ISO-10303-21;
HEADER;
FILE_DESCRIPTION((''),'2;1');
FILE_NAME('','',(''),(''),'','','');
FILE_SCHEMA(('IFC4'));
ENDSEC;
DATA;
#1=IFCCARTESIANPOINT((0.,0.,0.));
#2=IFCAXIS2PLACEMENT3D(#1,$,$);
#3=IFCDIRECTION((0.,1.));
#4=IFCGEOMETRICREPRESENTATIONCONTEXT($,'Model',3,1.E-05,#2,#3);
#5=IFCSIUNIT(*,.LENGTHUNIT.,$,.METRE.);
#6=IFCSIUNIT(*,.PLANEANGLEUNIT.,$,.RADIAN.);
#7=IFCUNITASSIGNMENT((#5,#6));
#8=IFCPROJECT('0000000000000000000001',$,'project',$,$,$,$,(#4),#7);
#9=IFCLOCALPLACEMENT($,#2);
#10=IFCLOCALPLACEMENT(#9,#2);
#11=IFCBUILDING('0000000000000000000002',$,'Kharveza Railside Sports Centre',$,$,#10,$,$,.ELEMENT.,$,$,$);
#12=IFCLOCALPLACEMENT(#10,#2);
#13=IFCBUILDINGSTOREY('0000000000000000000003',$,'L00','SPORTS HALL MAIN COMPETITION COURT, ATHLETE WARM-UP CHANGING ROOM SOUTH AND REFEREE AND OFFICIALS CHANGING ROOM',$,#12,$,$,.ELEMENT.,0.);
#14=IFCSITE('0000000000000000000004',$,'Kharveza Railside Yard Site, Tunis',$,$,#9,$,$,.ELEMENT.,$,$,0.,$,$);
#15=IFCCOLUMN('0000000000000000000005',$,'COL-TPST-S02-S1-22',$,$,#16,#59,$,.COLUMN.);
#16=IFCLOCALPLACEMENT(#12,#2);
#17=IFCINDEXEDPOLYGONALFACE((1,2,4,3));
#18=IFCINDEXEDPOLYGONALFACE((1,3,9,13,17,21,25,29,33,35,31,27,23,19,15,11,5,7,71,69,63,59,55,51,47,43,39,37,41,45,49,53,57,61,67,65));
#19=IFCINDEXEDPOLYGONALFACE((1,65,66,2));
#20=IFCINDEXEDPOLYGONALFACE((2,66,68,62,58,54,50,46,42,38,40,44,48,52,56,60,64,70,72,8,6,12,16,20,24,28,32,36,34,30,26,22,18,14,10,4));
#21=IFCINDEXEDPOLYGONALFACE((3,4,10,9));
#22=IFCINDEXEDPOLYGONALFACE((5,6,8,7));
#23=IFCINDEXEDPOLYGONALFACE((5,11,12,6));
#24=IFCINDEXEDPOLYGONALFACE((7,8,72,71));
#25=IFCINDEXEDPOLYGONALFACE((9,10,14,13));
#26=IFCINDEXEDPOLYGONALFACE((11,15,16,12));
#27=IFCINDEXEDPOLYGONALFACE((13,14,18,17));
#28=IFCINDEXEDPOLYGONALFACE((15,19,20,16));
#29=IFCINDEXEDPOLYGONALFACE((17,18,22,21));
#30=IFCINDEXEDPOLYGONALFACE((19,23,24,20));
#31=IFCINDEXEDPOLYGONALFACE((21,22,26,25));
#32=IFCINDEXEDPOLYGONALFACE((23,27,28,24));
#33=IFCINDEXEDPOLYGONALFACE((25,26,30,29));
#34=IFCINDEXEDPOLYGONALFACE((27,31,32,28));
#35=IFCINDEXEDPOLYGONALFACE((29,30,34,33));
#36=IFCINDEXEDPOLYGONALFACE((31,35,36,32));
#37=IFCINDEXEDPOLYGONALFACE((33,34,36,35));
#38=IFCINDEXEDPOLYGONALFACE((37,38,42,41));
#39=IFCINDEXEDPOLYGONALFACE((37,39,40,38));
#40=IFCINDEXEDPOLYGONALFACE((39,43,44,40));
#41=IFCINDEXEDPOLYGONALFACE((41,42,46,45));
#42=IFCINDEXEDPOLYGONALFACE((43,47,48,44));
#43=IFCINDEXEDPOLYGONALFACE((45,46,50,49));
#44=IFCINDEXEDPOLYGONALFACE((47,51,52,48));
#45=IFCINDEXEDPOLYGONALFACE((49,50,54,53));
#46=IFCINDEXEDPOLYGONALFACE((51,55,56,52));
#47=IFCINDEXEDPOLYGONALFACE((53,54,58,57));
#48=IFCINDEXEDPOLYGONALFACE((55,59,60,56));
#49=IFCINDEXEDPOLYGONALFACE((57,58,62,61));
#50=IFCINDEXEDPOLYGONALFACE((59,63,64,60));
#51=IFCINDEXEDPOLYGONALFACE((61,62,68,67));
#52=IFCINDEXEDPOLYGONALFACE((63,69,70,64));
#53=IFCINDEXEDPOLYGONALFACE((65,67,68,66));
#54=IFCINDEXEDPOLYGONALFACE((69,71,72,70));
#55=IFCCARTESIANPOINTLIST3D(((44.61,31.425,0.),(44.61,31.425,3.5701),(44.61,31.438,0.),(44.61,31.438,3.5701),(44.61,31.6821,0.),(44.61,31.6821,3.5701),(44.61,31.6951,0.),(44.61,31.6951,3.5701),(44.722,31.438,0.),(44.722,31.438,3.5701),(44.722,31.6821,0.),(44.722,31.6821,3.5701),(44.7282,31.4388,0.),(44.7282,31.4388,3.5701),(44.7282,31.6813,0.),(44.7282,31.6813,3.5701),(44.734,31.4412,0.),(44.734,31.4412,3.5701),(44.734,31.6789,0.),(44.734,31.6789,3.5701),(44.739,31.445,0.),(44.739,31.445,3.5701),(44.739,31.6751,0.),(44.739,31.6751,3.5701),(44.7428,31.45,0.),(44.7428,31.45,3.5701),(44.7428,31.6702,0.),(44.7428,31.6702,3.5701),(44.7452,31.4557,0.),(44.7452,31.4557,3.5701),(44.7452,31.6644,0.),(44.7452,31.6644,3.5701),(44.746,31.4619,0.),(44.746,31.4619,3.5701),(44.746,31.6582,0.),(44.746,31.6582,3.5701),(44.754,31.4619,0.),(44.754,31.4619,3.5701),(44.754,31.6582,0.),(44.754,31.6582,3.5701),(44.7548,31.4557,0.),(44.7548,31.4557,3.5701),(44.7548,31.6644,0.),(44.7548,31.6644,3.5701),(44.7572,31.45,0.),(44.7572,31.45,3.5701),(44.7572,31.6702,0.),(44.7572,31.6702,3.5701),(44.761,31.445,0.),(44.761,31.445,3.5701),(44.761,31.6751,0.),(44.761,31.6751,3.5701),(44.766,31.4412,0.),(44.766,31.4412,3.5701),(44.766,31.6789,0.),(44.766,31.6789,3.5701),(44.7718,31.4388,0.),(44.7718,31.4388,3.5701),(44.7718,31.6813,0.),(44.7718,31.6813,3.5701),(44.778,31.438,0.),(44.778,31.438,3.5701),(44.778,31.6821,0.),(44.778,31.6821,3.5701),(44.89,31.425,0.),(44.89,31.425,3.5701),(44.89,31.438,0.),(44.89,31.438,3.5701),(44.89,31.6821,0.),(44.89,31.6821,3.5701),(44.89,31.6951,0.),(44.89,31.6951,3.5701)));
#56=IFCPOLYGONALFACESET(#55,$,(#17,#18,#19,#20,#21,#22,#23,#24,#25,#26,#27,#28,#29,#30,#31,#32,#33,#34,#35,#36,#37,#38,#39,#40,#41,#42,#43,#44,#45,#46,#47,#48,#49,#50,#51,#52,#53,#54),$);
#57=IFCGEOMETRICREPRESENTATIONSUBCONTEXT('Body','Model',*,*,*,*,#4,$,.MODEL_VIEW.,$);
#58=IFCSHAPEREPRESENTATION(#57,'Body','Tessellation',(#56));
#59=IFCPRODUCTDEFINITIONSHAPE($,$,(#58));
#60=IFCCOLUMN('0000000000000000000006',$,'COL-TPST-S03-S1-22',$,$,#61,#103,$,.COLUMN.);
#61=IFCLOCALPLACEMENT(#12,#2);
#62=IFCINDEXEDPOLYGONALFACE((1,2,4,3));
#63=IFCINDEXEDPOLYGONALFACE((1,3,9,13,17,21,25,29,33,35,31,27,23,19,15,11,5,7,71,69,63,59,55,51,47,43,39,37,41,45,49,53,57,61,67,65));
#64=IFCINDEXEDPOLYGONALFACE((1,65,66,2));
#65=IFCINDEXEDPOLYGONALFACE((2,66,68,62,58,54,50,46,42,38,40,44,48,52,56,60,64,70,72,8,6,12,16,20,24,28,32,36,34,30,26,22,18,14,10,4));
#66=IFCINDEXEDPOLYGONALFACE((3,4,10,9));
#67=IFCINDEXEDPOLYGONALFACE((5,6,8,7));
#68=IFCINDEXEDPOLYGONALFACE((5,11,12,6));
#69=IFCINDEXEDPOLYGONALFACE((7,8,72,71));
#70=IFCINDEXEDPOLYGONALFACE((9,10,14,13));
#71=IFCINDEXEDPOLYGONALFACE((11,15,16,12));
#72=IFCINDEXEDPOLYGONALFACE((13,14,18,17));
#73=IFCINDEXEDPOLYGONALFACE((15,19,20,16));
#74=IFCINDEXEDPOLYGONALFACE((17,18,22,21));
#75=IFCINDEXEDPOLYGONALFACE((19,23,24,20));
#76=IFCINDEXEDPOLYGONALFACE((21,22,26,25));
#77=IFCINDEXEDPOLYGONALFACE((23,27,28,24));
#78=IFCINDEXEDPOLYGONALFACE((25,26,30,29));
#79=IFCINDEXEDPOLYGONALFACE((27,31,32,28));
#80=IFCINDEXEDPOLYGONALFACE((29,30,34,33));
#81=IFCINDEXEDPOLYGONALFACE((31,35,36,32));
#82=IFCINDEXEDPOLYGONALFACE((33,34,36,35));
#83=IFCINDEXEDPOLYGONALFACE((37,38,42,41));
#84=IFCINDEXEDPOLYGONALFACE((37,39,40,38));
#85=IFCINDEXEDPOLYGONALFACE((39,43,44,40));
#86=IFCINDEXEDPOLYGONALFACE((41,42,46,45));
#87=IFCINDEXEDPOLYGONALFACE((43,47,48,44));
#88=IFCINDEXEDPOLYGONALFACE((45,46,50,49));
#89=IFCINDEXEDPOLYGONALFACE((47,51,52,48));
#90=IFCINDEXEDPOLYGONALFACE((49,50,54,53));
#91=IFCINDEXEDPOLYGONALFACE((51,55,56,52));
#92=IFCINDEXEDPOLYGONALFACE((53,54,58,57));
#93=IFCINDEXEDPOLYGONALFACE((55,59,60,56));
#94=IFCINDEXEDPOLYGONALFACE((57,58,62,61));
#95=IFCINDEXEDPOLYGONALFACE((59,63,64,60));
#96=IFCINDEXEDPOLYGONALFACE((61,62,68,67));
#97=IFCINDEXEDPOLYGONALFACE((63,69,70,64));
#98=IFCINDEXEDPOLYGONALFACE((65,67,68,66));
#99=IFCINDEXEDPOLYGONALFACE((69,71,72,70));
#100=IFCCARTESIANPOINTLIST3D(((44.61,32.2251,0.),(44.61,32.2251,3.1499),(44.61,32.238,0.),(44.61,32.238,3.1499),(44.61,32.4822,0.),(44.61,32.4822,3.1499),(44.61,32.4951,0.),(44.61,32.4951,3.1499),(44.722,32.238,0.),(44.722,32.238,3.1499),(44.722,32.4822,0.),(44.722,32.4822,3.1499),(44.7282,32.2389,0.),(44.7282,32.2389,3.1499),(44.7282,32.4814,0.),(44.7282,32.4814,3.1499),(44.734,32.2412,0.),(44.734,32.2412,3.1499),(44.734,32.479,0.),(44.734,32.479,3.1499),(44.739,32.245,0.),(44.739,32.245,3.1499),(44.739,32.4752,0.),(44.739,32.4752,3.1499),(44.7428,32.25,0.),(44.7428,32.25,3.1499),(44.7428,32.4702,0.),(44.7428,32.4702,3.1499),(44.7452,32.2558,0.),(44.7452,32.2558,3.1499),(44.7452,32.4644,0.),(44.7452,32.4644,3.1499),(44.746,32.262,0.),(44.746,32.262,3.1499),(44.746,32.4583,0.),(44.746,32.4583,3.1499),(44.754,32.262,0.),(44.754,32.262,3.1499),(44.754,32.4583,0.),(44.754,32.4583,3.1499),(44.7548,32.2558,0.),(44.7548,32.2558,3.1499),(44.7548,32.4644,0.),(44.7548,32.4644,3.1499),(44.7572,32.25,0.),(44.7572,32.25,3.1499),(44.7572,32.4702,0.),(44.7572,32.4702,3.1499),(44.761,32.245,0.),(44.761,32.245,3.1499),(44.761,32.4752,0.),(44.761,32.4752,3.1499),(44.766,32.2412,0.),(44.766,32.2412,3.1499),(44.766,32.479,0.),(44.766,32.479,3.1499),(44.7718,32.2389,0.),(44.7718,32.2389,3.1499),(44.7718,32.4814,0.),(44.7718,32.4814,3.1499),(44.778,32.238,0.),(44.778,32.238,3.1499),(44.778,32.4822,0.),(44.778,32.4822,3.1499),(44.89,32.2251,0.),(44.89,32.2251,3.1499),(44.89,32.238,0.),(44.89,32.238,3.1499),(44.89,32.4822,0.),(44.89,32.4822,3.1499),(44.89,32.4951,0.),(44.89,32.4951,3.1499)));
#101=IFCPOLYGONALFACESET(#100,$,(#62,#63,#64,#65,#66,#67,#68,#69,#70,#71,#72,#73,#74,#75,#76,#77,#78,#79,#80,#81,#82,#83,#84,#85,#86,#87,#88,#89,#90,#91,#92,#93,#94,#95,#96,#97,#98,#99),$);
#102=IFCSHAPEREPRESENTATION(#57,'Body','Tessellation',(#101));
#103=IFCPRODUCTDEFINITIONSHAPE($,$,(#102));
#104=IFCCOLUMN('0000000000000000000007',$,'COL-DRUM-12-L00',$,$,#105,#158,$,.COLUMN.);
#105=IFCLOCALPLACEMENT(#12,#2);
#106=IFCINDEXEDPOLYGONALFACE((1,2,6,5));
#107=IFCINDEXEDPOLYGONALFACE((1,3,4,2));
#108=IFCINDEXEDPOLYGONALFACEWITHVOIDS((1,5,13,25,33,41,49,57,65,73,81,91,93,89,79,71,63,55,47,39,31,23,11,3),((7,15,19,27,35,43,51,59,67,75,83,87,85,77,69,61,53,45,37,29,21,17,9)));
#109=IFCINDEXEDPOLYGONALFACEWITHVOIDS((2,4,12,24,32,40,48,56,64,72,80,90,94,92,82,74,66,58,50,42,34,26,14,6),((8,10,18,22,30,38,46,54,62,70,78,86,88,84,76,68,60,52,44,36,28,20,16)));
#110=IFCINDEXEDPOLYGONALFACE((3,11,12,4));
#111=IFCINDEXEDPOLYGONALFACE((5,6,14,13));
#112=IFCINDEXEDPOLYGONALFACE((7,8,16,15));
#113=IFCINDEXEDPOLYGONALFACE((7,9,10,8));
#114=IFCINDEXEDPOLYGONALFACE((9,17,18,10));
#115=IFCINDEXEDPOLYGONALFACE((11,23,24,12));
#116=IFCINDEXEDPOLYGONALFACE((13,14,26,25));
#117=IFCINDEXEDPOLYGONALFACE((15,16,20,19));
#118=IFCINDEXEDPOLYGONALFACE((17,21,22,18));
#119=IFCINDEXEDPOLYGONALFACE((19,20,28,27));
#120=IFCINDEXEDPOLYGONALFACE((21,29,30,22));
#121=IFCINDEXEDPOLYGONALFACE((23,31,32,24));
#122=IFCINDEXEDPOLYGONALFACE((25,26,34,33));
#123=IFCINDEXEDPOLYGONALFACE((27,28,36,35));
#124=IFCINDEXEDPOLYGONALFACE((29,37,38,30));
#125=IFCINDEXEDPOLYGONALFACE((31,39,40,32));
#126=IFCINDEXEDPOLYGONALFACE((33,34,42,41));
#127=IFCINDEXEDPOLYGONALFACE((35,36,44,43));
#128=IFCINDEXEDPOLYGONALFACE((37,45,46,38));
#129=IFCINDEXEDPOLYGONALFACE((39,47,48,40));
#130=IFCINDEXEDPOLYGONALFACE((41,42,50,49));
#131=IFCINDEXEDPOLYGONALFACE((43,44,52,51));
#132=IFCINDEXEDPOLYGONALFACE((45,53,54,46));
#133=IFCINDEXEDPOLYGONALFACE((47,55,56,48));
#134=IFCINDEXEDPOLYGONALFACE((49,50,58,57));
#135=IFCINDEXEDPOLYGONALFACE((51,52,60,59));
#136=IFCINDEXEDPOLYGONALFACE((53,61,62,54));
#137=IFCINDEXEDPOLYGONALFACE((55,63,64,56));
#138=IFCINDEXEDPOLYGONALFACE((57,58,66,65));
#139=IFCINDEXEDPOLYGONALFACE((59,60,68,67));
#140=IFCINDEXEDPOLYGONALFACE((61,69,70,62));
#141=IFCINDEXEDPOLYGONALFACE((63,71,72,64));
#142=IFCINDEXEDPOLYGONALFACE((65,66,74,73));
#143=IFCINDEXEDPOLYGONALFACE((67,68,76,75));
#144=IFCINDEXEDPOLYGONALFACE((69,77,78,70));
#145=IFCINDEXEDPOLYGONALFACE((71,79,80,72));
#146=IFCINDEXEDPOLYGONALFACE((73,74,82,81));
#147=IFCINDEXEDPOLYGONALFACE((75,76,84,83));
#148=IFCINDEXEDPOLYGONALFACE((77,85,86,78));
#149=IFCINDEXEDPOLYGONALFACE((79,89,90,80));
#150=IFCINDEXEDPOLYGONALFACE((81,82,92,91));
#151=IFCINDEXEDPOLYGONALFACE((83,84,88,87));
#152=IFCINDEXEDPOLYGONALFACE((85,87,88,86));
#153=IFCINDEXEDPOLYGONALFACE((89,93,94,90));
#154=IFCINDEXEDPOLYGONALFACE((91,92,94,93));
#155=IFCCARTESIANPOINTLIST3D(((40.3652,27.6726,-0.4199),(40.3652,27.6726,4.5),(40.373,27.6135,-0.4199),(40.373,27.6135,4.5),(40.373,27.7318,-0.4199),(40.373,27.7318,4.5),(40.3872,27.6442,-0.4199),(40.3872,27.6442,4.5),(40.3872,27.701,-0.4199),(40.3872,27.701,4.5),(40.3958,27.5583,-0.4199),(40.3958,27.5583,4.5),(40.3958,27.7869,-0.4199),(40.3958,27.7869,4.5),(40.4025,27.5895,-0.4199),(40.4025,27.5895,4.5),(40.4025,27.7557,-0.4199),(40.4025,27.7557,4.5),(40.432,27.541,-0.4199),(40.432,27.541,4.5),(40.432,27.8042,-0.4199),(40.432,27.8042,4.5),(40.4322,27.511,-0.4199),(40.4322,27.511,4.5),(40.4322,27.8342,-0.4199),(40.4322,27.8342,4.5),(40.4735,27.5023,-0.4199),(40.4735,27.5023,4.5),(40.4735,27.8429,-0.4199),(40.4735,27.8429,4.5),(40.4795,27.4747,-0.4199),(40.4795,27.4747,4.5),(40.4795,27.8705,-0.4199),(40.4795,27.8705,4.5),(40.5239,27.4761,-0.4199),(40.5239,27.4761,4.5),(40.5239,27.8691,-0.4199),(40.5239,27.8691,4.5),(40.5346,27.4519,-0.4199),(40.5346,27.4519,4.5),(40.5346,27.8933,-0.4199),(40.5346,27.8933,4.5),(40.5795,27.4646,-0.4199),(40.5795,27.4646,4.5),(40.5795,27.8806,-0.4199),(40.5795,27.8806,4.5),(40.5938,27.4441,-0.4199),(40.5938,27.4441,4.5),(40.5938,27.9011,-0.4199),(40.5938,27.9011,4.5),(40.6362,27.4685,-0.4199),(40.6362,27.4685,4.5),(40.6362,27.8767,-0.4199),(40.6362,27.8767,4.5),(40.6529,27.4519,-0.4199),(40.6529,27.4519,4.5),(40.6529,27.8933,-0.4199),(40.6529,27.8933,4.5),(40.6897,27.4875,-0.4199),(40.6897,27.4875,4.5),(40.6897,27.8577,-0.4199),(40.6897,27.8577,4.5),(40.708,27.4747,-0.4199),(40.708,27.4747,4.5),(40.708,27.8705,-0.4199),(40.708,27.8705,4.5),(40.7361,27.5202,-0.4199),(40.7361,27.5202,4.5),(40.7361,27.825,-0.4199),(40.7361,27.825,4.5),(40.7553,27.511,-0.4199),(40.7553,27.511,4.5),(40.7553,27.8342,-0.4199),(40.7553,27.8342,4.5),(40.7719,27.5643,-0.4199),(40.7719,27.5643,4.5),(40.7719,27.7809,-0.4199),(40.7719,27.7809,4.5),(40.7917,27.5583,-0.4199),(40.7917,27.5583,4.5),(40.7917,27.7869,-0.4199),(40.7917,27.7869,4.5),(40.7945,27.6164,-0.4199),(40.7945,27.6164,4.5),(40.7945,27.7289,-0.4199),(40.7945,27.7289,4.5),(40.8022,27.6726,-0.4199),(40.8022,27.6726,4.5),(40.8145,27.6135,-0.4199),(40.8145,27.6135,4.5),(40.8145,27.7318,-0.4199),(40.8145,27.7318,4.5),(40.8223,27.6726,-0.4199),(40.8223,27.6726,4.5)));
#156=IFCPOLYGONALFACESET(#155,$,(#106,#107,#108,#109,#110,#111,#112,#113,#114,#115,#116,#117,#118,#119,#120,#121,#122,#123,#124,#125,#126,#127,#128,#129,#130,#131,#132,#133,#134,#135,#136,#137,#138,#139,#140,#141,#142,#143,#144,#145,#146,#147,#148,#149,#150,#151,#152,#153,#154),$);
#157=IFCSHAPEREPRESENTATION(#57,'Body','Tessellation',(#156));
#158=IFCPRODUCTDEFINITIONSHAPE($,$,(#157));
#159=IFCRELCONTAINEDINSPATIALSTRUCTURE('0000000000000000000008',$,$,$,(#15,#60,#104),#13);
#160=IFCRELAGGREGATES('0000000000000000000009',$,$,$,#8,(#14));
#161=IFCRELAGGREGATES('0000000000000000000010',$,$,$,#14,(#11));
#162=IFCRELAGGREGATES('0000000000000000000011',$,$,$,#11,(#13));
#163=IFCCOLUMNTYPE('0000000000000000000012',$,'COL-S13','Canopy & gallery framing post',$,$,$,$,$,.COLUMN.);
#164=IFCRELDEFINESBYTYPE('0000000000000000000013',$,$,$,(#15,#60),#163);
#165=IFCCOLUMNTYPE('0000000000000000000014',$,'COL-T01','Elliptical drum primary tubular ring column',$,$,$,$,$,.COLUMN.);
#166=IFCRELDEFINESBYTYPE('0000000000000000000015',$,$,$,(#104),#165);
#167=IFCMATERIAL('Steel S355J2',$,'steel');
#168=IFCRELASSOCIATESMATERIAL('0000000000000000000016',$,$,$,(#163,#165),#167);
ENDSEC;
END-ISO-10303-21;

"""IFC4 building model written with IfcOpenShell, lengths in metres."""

from ifc_helpers import new_model, si_unit, direction, frame, origin, origin_2d, place, context, subcontext, project, spatial, hollow_circle, i_section, extrude, material, material_profile, profile_set, type_object, element, save


model = new_model("IFC4")

# Units and contexts
model_context = context("Model", 3, precision=1e-05, world=origin(), true_north=direction((0.0, 1.0)))
body_context = subcontext(model_context, "Body", "Model", "MODEL_VIEW")
ifc_project = project(units=[si_unit("LENGTHUNIT", "METRE"), si_unit("PLANEANGLEUNIT", "RADIAN")], contexts=[model_context])

# Site, building, storey
site_placement = place(None, origin())
site = spatial("IfcSite", under=ifc_project, at=site_placement, Name="Kharveza Railside Yard Site, Tunis", CompositionType="ELEMENT", RefElevation=0.0)
building_placement = place(site_placement, origin())
building = spatial("IfcBuilding", under=site, at=building_placement, Name="Kharveza Railside Sports Centre", CompositionType="ELEMENT")
storey_placement = place(building_placement, origin())
storey = spatial("IfcBuildingStorey", under=building, at=storey_placement, Name="L00", Description="SPORTS HALL MAIN COMPETITION COURT, ATHLETE WARM-UP CHANGING ROOM SOUTH AND REFEREE AND OFFICIALS CHANGING ROOM", CompositionType="ELEMENT", Elevation=0.0)

# Columns
ifc_material_1 = material(Name="Steel S355J2", Category="steel")
ifc_material_profile_1 = material_profile(ifc_material_1, i_section(OverallWidth=0.28, OverallDepth=0.27, WebThickness=0.0081, FlangeThickness=0.0129, FilletRadius=0.0239, at=origin_2d()), Name="HEA 280")
ifc_profile_set_1 = profile_set([ifc_material_profile_1], Name="Steel S355J2")
column_type_1 = type_object("IfcColumnType", Name="COL-S13", Description="Canopy & gallery framing post", PredefinedType="COLUMN", material=ifc_profile_set_1)
column_1_placement = place(storey_placement, frame((44.75, 31.5601, 0.0), z_axis=(0.0, 0.0, 1.0), x_axis=(1.0, 0.0, 0.0)))
element("IfcColumn", 1, at=column_1_placement, inside=storey, type_object=column_type_1, Name="COL-TPST-S02-S1-22", PredefinedType="COLUMN", context=body_context, shape_type="SweptSolid", body=[
    extrude(i_section(OverallWidth=0.28, OverallDepth=0.27, WebThickness=0.0081, FlangeThickness=0.0129, FilletRadius=0.0239, at=origin_2d()), origin(), (0.0, 0.0, 1.0), 3.5701),
])
column_2_placement = place(storey_placement, frame((44.75, 32.3601, 0.0), z_axis=(0.0, 0.0, 1.0), x_axis=(1.0, 0.0, 0.0)))
element("IfcColumn", 2, at=column_2_placement, inside=storey, type_object=column_type_1, Name="COL-TPST-S03-S1-22", PredefinedType="COLUMN", context=body_context, shape_type="SweptSolid", body=[
    extrude(i_section(OverallWidth=0.28, OverallDepth=0.27, WebThickness=0.0081, FlangeThickness=0.0129, FilletRadius=0.0239, at=origin_2d()), origin(), (0.0, 0.0, 1.0), 3.1499),
])
ifc_material_profile_2 = material_profile(ifc_material_1, hollow_circle(Radius=0.2285, WallThickness=0.02, at=origin_2d()), Name="CHS 457.0x20.0")
ifc_profile_set_2 = profile_set([ifc_material_profile_2], Name="Steel S355J2")
column_type_2 = type_object("IfcColumnType", Name="COL-T01", Description="Elliptical drum primary tubular ring column", PredefinedType="COLUMN", material=ifc_profile_set_2)
column_3_placement = place(storey_placement, frame((40.5938, 27.6726, -0.4199), z_axis=(0.0, 0.0, 1.0), x_axis=(1.0, 0.0, 0.0)))
element("IfcColumn", 3, at=column_3_placement, inside=storey, type_object=column_type_2, Name="COL-DRUM-12-L00", PredefinedType="COLUMN", context=body_context, shape_type="SweptSolid", body=[
    extrude(hollow_circle(Radius=0.2285, WallThickness=0.02, at=origin_2d()), origin(), (0.0, 0.0, 1.0), 4.9199),
])

save(model, "model.ifc")
